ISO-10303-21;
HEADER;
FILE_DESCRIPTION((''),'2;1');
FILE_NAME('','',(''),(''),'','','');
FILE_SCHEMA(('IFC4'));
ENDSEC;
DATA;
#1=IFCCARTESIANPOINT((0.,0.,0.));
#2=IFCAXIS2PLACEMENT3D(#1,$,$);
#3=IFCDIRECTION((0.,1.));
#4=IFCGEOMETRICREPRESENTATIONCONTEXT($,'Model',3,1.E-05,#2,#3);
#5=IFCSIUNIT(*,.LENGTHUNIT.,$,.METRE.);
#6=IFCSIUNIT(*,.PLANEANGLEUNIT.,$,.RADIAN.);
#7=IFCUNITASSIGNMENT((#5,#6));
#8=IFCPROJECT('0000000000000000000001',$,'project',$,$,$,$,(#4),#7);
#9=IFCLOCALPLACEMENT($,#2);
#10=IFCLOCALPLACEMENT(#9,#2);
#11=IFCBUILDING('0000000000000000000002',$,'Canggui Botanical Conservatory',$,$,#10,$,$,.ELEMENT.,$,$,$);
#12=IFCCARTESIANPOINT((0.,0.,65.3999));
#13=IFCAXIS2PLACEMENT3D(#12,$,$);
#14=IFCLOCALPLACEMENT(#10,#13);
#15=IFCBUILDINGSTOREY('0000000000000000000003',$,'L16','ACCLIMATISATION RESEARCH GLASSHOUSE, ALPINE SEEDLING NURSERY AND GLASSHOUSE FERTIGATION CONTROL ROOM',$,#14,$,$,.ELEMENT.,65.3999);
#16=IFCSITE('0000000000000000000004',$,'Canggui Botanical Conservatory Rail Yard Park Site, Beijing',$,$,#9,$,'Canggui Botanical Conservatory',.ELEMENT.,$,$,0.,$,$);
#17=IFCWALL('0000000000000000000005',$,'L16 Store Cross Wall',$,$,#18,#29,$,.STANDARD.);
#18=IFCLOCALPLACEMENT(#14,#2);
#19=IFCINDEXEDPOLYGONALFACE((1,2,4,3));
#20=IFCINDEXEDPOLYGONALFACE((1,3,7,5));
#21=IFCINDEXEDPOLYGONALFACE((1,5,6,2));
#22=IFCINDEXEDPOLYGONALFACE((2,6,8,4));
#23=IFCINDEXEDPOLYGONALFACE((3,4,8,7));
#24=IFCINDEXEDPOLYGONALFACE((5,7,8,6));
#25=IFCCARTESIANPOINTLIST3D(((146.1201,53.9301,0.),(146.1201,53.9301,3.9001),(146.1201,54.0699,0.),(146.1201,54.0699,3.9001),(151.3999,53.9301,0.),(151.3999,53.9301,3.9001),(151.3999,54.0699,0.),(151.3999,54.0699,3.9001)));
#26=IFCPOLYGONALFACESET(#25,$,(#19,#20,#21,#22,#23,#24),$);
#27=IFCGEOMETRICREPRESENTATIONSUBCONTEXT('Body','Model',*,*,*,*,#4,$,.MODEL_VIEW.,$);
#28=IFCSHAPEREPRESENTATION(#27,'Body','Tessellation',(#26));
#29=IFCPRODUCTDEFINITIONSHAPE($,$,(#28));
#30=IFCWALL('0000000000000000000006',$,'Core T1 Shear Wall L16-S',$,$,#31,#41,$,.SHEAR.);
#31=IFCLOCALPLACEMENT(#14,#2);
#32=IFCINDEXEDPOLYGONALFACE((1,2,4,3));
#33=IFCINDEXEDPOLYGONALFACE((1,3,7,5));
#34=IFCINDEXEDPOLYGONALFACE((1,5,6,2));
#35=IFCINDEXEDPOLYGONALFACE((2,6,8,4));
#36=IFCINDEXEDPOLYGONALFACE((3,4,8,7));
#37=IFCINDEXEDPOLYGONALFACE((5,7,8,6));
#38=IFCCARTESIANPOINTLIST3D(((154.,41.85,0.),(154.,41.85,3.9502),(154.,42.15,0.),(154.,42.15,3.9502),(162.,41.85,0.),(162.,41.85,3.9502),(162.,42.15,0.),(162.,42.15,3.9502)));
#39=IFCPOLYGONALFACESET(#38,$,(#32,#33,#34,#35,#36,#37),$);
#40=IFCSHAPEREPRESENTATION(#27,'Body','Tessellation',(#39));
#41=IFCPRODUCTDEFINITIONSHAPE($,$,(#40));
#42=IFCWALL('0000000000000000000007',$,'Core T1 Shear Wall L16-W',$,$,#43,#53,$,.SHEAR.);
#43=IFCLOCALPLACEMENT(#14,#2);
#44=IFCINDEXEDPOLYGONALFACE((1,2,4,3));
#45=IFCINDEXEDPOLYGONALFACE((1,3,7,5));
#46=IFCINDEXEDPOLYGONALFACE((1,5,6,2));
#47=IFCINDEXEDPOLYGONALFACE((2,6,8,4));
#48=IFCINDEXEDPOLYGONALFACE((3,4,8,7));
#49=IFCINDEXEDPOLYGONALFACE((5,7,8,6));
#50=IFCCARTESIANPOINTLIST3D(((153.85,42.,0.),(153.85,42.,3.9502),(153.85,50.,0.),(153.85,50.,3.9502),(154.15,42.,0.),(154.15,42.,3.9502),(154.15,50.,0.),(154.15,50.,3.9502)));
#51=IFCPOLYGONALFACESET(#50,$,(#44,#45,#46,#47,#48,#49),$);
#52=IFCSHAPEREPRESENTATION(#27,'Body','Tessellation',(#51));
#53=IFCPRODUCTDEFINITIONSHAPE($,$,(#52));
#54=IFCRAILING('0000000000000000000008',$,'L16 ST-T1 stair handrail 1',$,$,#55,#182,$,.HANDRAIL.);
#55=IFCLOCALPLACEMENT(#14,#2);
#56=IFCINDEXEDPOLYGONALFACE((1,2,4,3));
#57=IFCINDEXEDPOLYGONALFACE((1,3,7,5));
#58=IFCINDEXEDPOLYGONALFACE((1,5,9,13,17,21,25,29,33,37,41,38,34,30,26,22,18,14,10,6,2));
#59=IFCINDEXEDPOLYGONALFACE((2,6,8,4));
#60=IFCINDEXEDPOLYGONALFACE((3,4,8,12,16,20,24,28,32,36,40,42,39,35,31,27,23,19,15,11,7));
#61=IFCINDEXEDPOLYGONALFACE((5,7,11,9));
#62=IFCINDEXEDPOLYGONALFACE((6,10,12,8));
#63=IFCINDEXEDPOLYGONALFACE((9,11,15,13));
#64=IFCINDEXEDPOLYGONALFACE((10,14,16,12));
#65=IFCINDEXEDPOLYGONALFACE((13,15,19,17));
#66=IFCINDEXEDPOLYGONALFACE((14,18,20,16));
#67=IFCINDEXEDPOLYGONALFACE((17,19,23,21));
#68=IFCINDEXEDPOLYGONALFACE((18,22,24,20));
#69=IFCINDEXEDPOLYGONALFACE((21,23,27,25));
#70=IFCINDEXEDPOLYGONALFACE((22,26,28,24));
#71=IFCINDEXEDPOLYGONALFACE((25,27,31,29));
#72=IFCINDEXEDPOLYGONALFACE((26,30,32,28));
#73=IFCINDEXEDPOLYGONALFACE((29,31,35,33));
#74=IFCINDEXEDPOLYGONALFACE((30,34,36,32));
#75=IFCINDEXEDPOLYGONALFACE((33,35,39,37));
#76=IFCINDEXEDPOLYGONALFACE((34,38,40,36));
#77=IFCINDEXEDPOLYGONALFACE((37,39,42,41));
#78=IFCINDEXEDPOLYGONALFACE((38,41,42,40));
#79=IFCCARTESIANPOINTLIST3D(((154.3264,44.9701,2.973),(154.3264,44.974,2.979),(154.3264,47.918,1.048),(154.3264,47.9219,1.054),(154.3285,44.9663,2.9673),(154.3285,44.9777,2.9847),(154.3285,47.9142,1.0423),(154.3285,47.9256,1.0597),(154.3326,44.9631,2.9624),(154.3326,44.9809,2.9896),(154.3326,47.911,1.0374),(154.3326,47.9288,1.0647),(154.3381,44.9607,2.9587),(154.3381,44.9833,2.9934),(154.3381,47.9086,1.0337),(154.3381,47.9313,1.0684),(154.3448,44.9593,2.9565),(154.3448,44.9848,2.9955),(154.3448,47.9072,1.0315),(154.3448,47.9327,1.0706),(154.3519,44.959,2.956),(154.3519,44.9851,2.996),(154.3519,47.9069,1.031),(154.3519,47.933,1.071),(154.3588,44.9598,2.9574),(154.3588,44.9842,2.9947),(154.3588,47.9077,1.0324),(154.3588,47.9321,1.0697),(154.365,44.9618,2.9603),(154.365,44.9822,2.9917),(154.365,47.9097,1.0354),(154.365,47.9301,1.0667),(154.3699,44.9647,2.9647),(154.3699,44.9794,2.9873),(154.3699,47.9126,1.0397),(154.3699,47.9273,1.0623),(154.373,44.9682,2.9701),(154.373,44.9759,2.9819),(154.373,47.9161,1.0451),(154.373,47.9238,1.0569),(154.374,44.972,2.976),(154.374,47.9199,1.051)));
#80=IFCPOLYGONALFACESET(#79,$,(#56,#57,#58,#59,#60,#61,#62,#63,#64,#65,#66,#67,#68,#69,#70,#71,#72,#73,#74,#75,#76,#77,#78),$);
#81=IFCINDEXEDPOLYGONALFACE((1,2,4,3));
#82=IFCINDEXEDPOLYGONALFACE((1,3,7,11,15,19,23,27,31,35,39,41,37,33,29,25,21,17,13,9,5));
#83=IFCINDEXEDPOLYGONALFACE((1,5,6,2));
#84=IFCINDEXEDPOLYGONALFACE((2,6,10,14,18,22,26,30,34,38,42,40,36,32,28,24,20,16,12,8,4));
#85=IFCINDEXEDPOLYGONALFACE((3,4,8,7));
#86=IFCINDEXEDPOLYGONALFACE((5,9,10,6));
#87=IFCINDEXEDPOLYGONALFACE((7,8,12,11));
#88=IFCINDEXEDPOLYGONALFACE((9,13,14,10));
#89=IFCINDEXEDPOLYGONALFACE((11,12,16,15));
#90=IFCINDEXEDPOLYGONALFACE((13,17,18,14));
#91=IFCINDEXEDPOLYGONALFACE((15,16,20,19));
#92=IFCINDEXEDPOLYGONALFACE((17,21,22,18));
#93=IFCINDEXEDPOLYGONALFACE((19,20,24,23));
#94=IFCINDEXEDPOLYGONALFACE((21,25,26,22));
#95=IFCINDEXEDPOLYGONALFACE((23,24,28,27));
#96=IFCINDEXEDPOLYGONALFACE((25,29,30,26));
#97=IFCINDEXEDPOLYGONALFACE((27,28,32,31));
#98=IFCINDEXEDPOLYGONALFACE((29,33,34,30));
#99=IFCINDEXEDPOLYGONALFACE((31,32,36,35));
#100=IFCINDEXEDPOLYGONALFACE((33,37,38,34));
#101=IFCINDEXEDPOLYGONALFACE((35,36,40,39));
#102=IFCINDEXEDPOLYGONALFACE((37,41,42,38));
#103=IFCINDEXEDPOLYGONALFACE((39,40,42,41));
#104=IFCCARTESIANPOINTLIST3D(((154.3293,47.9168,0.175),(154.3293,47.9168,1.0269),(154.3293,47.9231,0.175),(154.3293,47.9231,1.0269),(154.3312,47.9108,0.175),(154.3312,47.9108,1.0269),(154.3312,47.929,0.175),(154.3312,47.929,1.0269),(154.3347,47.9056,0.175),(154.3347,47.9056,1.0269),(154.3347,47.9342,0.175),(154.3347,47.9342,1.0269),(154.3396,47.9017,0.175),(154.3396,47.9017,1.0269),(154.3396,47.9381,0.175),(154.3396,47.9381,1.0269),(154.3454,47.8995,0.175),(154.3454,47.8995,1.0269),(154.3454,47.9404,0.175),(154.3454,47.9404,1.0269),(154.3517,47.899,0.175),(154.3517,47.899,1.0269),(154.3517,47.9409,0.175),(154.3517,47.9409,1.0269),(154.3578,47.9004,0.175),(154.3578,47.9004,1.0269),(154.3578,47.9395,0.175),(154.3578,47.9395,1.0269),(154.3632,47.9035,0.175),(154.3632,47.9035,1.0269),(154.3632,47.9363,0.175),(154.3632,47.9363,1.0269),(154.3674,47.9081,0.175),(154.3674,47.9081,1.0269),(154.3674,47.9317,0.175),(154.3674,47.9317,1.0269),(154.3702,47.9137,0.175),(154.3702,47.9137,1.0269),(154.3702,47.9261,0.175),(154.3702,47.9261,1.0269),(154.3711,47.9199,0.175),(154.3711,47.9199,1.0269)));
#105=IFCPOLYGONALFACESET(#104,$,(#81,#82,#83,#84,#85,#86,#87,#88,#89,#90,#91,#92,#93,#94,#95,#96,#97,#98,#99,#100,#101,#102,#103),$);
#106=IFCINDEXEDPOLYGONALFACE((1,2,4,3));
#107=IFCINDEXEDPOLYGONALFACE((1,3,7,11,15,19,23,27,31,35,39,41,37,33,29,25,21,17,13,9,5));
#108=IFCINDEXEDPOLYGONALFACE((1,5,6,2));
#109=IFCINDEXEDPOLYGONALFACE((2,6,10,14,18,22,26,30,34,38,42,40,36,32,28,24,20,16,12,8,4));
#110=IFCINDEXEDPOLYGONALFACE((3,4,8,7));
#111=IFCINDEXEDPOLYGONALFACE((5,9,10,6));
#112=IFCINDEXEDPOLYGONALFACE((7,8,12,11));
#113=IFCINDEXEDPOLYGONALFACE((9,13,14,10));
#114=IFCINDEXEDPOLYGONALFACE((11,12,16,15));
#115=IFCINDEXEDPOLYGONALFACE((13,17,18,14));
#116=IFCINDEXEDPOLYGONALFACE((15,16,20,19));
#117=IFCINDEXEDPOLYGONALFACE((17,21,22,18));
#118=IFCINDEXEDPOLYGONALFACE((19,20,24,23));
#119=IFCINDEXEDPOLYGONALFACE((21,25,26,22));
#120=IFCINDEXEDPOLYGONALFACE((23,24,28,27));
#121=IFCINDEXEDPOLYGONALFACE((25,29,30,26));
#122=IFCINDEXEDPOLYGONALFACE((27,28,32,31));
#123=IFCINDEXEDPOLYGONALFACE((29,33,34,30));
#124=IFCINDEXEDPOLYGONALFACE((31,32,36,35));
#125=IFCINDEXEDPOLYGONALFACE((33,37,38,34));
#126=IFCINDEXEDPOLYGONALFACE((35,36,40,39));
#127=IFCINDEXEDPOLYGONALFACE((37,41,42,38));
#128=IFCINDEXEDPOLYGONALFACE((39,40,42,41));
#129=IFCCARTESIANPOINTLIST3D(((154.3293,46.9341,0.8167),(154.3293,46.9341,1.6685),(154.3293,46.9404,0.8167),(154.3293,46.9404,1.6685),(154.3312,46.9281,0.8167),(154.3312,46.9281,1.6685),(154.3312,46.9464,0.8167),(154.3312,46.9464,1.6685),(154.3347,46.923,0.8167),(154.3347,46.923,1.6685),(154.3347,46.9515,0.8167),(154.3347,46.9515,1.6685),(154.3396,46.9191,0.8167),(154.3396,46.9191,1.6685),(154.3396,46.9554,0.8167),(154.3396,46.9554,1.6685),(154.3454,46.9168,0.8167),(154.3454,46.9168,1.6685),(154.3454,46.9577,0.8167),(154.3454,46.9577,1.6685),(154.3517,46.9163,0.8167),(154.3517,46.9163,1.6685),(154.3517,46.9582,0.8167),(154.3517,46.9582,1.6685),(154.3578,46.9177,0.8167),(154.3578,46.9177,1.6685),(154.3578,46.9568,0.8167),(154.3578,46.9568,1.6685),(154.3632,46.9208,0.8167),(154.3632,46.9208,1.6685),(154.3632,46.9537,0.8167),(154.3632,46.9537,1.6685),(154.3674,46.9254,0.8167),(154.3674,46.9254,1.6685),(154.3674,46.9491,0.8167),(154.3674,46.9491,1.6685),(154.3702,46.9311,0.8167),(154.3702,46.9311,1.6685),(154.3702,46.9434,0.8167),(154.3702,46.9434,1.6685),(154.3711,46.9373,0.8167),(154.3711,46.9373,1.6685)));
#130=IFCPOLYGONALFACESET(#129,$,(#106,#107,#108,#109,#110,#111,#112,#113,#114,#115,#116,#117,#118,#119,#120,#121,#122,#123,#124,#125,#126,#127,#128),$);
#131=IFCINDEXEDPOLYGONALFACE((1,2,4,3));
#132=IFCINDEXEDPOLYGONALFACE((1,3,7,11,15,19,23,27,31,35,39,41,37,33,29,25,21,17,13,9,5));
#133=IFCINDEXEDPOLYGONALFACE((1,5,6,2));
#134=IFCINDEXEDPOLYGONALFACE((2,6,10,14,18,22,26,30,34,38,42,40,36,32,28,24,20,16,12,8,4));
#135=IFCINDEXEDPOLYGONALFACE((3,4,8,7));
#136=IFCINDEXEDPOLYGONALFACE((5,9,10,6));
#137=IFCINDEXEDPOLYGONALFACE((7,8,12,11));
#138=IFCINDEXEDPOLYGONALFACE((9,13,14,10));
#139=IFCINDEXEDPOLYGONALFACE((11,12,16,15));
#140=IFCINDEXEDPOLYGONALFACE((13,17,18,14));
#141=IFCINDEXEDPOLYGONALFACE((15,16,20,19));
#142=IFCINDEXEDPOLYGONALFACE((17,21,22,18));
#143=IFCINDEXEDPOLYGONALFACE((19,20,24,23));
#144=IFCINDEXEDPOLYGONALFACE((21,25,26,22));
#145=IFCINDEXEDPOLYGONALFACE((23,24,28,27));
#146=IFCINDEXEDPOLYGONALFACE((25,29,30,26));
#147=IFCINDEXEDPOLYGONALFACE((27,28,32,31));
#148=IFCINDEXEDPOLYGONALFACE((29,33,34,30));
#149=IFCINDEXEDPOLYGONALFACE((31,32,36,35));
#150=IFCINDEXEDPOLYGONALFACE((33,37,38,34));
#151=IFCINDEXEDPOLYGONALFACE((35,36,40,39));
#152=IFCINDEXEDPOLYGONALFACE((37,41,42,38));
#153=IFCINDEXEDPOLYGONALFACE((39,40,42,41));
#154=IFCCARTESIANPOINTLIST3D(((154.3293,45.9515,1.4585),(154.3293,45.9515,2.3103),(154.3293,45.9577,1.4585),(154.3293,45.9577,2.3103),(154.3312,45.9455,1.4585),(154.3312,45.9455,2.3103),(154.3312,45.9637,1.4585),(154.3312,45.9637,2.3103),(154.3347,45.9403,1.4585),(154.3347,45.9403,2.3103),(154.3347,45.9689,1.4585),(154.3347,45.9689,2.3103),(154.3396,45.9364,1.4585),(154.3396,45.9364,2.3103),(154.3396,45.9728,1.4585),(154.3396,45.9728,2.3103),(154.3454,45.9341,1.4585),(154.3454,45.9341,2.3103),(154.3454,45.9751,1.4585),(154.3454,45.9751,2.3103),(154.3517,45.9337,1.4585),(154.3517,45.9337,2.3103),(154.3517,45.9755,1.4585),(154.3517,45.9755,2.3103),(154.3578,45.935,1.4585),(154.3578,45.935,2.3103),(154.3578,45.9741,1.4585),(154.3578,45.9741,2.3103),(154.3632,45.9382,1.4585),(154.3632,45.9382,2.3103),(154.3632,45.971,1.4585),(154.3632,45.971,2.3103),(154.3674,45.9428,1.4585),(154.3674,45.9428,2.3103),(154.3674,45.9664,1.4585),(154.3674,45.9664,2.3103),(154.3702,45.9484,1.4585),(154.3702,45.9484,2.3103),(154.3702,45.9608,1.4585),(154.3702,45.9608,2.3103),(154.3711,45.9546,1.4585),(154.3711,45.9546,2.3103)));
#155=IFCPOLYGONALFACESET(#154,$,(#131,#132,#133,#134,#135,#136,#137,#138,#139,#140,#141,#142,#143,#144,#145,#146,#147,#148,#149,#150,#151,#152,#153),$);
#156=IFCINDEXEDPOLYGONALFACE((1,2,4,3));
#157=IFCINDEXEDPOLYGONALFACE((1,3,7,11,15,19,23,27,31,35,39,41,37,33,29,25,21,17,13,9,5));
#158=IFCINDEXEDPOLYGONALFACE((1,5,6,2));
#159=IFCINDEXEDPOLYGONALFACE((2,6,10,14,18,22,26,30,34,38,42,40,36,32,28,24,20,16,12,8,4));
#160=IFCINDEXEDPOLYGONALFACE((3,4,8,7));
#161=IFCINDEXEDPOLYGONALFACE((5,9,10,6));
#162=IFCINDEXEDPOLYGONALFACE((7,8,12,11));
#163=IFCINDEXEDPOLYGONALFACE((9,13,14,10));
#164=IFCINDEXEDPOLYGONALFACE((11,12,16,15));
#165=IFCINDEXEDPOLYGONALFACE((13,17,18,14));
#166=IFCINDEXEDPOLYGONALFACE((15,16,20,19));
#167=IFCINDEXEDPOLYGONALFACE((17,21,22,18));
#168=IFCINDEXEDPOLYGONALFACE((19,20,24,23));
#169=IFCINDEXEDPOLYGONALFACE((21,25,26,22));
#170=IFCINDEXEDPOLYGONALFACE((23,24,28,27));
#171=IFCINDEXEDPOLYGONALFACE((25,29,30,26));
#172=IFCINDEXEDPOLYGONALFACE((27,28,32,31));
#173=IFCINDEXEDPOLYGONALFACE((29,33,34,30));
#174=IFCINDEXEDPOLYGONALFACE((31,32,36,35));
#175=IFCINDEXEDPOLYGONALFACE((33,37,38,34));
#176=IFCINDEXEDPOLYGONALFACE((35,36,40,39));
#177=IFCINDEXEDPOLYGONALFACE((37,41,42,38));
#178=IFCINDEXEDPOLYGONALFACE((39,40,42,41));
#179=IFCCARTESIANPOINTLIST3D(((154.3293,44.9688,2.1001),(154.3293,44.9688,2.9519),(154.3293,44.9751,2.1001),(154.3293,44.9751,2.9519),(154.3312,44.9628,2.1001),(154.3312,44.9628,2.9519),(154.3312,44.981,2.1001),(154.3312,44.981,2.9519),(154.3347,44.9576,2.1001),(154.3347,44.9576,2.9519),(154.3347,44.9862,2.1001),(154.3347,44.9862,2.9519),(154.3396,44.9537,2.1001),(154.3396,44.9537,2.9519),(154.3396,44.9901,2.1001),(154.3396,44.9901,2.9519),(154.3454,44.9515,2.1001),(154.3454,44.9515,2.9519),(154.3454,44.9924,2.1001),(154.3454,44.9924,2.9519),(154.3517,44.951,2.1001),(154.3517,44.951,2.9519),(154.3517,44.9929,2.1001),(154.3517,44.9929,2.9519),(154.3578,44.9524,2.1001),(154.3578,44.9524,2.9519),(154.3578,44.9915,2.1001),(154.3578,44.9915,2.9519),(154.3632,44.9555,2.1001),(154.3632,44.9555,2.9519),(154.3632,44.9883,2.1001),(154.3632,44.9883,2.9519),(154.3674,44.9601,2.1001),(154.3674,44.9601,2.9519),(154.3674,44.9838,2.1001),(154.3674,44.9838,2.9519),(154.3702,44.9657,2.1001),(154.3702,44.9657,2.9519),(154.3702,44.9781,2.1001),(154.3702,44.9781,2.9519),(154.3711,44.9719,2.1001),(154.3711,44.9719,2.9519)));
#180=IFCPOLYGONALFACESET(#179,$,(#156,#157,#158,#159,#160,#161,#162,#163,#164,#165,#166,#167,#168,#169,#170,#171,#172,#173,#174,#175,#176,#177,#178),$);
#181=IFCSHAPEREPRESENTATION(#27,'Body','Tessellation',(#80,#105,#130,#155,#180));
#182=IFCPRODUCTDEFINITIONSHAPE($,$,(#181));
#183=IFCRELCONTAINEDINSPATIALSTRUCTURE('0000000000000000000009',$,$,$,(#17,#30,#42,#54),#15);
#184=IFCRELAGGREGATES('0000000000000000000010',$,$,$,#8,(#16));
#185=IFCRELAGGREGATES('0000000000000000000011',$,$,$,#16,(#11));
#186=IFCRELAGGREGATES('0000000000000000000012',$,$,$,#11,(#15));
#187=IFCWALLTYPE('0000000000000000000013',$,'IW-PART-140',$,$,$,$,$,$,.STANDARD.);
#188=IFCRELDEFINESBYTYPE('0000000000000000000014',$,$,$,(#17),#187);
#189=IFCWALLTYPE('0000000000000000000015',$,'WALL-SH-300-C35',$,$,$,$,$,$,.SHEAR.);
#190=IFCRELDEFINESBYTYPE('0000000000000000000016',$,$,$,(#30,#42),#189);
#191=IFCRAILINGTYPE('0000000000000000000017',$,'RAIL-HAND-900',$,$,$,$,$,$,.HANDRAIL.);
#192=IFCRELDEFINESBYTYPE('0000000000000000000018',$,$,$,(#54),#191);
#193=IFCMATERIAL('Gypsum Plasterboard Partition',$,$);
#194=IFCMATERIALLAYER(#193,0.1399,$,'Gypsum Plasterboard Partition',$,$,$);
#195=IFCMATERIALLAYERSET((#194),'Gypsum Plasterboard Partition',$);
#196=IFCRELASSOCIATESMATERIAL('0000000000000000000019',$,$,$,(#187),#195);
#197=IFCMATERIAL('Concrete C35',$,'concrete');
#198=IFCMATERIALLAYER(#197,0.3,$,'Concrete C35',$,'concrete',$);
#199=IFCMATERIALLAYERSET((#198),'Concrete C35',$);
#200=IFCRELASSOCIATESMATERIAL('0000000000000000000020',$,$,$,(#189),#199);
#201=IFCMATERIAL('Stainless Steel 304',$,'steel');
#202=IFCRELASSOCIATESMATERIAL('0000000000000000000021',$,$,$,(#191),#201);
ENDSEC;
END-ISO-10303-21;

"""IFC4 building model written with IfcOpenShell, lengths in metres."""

from ifc_helpers import new_model, si_unit, direction, frame, frame_2d, origin, origin_2d, place, context, subcontext, project, spatial, rectangle, circle, extrude, material, layer, layer_set, type_object, element, save


model = new_model("IFC4")

# Units and contexts
model_context = context("Model", 3, precision=1e-05, world=origin(), true_north=direction((0.0, 1.0)))
body_context = subcontext(model_context, "Body", "Model", "MODEL_VIEW")
ifc_project = project(units=[si_unit("LENGTHUNIT", "METRE"), si_unit("PLANEANGLEUNIT", "RADIAN")], contexts=[model_context])

# Site, building, storey
site_placement = place(None, origin())
site = spatial("IfcSite", under=ifc_project, at=site_placement, Name="Canggui Botanical Conservatory Rail Yard Park Site, Beijing", LongName="Canggui Botanical Conservatory", CompositionType="ELEMENT", RefElevation=0.0)
building_placement = place(site_placement, origin())
building = spatial("IfcBuilding", under=site, at=building_placement, Name="Canggui Botanical Conservatory", CompositionType="ELEMENT")
storey_placement = place(building_placement, frame((0.0, 0.0, 65.3999)))
storey = spatial("IfcBuildingStorey", under=building, at=storey_placement, Name="L16", Description="ACCLIMATISATION RESEARCH GLASSHOUSE, ALPINE SEEDLING NURSERY AND GLASSHOUSE FERTIGATION CONTROL ROOM", CompositionType="ELEMENT", Elevation=65.3999)

# Shared definitions
ifc_material_1 = material(Name="Concrete C35", Category="concrete")

# Shared definitions
ifc_material_2 = material(Name="Gypsum Plasterboard Partition")

# Walls
ifc_layer_1 = layer(ifc_material_2, 0.1399, Name="Gypsum Plasterboard Partition")
ifc_layer_set_1 = layer_set([ifc_layer_1], Name="Gypsum Plasterboard Partition")
wall_type_1 = type_object("IfcWallType", Name="IW-PART-140", PredefinedType="STANDARD", material=ifc_layer_set_1)
wall_1_placement = place(storey_placement, frame((146.1201, 54.0, 0.0), z_axis=(0.0, 0.0, 1.0), x_axis=(1.0, 0.0, 0.0)))
element("IfcWall", 1, at=wall_1_placement, inside=storey, type_object=wall_type_1, Name="L16 Store Cross Wall", PredefinedType="STANDARD", context=body_context, shape_type="SweptSolid", body=[
    extrude(rectangle(XDim=5.2798, YDim=0.1399, at=frame_2d((2.6399, 0.0))), origin(), (0.0, 0.0, 1.0), 3.9001),
])
ifc_layer_2 = layer(ifc_material_1, 0.3, Name="Concrete C35", Category="concrete")
ifc_layer_set_2 = layer_set([ifc_layer_2], Name="Concrete C35")
wall_type_2 = type_object("IfcWallType", Name="WALL-SH-300-C35", PredefinedType="SHEAR", material=ifc_layer_set_2)
for number, where, z_axis, x_axis, name in (
    (2, (154.0, 42.0, 0.0), (0.0, 0.0, 1.0), (1.0, 0.0, 0.0), "Core T1 Shear Wall L16-S"),
    (3, (154.0, 50.0, 0.0), (0.0, 0.0, 1.0), (0.0, -1.0, 0.0), "Core T1 Shear Wall L16-W"),
):
    element("IfcWall", number, at=place(storey_placement, frame(where, z_axis=z_axis, x_axis=x_axis)), inside=storey, type_object=wall_type_2, Name=name, PredefinedType="SHEAR", context=body_context, shape_type="SweptSolid", body=[
        extrude(rectangle(XDim=8.0, YDim=0.3, at=frame_2d((4.0, 0.0))), origin(), (0.0, 0.0, 1.0), 3.9502),
    ])

# Railing
ifc_material_3 = material(Name="Stainless Steel 304", Category="steel")
railing_type = type_object("IfcRailingType", Name="RAIL-HAND-900", PredefinedType="HANDRAIL", material=ifc_material_3)
railing_placement = place(storey_placement, frame((154.3501, 47.9199, 0.175)))
element("IfcRailing", 4, at=railing_placement, inside=storey, type_object=railing_type, Name="L16 ST-T1 stair handrail 1", PredefinedType="HANDRAIL", context=body_context, shape_type="SweptSolid", body=[
    extrude(circle(Radius=0.0239, at=origin_2d()), frame((0.0, 0.0, 0.876), z_axis=(0.0, -0.837293, 0.546754), x_axis=(1.0, 0.0, 0.0)), (0.0, 0.0, 1.0), 3.5208),
    extrude(circle(Radius=0.021, at=origin_2d()), origin(), (0.0, 0.0, 1.0), 0.8518),
    extrude(circle(Radius=0.021, at=origin_2d()), frame((0.0, -0.9827, 0.6416)), (0.0, 0.0, 1.0), 0.8518),
    extrude(circle(Radius=0.021, at=origin_2d()), frame((0.0, -1.9653, 1.2834)), (0.0, 0.0, 1.0), 0.8518),
    extrude(circle(Radius=0.021, at=origin_2d()), frame((0.0, -2.948, 1.925)), (0.0, 0.0, 1.0), 0.8518),
])

save(model, "model.ifc")
